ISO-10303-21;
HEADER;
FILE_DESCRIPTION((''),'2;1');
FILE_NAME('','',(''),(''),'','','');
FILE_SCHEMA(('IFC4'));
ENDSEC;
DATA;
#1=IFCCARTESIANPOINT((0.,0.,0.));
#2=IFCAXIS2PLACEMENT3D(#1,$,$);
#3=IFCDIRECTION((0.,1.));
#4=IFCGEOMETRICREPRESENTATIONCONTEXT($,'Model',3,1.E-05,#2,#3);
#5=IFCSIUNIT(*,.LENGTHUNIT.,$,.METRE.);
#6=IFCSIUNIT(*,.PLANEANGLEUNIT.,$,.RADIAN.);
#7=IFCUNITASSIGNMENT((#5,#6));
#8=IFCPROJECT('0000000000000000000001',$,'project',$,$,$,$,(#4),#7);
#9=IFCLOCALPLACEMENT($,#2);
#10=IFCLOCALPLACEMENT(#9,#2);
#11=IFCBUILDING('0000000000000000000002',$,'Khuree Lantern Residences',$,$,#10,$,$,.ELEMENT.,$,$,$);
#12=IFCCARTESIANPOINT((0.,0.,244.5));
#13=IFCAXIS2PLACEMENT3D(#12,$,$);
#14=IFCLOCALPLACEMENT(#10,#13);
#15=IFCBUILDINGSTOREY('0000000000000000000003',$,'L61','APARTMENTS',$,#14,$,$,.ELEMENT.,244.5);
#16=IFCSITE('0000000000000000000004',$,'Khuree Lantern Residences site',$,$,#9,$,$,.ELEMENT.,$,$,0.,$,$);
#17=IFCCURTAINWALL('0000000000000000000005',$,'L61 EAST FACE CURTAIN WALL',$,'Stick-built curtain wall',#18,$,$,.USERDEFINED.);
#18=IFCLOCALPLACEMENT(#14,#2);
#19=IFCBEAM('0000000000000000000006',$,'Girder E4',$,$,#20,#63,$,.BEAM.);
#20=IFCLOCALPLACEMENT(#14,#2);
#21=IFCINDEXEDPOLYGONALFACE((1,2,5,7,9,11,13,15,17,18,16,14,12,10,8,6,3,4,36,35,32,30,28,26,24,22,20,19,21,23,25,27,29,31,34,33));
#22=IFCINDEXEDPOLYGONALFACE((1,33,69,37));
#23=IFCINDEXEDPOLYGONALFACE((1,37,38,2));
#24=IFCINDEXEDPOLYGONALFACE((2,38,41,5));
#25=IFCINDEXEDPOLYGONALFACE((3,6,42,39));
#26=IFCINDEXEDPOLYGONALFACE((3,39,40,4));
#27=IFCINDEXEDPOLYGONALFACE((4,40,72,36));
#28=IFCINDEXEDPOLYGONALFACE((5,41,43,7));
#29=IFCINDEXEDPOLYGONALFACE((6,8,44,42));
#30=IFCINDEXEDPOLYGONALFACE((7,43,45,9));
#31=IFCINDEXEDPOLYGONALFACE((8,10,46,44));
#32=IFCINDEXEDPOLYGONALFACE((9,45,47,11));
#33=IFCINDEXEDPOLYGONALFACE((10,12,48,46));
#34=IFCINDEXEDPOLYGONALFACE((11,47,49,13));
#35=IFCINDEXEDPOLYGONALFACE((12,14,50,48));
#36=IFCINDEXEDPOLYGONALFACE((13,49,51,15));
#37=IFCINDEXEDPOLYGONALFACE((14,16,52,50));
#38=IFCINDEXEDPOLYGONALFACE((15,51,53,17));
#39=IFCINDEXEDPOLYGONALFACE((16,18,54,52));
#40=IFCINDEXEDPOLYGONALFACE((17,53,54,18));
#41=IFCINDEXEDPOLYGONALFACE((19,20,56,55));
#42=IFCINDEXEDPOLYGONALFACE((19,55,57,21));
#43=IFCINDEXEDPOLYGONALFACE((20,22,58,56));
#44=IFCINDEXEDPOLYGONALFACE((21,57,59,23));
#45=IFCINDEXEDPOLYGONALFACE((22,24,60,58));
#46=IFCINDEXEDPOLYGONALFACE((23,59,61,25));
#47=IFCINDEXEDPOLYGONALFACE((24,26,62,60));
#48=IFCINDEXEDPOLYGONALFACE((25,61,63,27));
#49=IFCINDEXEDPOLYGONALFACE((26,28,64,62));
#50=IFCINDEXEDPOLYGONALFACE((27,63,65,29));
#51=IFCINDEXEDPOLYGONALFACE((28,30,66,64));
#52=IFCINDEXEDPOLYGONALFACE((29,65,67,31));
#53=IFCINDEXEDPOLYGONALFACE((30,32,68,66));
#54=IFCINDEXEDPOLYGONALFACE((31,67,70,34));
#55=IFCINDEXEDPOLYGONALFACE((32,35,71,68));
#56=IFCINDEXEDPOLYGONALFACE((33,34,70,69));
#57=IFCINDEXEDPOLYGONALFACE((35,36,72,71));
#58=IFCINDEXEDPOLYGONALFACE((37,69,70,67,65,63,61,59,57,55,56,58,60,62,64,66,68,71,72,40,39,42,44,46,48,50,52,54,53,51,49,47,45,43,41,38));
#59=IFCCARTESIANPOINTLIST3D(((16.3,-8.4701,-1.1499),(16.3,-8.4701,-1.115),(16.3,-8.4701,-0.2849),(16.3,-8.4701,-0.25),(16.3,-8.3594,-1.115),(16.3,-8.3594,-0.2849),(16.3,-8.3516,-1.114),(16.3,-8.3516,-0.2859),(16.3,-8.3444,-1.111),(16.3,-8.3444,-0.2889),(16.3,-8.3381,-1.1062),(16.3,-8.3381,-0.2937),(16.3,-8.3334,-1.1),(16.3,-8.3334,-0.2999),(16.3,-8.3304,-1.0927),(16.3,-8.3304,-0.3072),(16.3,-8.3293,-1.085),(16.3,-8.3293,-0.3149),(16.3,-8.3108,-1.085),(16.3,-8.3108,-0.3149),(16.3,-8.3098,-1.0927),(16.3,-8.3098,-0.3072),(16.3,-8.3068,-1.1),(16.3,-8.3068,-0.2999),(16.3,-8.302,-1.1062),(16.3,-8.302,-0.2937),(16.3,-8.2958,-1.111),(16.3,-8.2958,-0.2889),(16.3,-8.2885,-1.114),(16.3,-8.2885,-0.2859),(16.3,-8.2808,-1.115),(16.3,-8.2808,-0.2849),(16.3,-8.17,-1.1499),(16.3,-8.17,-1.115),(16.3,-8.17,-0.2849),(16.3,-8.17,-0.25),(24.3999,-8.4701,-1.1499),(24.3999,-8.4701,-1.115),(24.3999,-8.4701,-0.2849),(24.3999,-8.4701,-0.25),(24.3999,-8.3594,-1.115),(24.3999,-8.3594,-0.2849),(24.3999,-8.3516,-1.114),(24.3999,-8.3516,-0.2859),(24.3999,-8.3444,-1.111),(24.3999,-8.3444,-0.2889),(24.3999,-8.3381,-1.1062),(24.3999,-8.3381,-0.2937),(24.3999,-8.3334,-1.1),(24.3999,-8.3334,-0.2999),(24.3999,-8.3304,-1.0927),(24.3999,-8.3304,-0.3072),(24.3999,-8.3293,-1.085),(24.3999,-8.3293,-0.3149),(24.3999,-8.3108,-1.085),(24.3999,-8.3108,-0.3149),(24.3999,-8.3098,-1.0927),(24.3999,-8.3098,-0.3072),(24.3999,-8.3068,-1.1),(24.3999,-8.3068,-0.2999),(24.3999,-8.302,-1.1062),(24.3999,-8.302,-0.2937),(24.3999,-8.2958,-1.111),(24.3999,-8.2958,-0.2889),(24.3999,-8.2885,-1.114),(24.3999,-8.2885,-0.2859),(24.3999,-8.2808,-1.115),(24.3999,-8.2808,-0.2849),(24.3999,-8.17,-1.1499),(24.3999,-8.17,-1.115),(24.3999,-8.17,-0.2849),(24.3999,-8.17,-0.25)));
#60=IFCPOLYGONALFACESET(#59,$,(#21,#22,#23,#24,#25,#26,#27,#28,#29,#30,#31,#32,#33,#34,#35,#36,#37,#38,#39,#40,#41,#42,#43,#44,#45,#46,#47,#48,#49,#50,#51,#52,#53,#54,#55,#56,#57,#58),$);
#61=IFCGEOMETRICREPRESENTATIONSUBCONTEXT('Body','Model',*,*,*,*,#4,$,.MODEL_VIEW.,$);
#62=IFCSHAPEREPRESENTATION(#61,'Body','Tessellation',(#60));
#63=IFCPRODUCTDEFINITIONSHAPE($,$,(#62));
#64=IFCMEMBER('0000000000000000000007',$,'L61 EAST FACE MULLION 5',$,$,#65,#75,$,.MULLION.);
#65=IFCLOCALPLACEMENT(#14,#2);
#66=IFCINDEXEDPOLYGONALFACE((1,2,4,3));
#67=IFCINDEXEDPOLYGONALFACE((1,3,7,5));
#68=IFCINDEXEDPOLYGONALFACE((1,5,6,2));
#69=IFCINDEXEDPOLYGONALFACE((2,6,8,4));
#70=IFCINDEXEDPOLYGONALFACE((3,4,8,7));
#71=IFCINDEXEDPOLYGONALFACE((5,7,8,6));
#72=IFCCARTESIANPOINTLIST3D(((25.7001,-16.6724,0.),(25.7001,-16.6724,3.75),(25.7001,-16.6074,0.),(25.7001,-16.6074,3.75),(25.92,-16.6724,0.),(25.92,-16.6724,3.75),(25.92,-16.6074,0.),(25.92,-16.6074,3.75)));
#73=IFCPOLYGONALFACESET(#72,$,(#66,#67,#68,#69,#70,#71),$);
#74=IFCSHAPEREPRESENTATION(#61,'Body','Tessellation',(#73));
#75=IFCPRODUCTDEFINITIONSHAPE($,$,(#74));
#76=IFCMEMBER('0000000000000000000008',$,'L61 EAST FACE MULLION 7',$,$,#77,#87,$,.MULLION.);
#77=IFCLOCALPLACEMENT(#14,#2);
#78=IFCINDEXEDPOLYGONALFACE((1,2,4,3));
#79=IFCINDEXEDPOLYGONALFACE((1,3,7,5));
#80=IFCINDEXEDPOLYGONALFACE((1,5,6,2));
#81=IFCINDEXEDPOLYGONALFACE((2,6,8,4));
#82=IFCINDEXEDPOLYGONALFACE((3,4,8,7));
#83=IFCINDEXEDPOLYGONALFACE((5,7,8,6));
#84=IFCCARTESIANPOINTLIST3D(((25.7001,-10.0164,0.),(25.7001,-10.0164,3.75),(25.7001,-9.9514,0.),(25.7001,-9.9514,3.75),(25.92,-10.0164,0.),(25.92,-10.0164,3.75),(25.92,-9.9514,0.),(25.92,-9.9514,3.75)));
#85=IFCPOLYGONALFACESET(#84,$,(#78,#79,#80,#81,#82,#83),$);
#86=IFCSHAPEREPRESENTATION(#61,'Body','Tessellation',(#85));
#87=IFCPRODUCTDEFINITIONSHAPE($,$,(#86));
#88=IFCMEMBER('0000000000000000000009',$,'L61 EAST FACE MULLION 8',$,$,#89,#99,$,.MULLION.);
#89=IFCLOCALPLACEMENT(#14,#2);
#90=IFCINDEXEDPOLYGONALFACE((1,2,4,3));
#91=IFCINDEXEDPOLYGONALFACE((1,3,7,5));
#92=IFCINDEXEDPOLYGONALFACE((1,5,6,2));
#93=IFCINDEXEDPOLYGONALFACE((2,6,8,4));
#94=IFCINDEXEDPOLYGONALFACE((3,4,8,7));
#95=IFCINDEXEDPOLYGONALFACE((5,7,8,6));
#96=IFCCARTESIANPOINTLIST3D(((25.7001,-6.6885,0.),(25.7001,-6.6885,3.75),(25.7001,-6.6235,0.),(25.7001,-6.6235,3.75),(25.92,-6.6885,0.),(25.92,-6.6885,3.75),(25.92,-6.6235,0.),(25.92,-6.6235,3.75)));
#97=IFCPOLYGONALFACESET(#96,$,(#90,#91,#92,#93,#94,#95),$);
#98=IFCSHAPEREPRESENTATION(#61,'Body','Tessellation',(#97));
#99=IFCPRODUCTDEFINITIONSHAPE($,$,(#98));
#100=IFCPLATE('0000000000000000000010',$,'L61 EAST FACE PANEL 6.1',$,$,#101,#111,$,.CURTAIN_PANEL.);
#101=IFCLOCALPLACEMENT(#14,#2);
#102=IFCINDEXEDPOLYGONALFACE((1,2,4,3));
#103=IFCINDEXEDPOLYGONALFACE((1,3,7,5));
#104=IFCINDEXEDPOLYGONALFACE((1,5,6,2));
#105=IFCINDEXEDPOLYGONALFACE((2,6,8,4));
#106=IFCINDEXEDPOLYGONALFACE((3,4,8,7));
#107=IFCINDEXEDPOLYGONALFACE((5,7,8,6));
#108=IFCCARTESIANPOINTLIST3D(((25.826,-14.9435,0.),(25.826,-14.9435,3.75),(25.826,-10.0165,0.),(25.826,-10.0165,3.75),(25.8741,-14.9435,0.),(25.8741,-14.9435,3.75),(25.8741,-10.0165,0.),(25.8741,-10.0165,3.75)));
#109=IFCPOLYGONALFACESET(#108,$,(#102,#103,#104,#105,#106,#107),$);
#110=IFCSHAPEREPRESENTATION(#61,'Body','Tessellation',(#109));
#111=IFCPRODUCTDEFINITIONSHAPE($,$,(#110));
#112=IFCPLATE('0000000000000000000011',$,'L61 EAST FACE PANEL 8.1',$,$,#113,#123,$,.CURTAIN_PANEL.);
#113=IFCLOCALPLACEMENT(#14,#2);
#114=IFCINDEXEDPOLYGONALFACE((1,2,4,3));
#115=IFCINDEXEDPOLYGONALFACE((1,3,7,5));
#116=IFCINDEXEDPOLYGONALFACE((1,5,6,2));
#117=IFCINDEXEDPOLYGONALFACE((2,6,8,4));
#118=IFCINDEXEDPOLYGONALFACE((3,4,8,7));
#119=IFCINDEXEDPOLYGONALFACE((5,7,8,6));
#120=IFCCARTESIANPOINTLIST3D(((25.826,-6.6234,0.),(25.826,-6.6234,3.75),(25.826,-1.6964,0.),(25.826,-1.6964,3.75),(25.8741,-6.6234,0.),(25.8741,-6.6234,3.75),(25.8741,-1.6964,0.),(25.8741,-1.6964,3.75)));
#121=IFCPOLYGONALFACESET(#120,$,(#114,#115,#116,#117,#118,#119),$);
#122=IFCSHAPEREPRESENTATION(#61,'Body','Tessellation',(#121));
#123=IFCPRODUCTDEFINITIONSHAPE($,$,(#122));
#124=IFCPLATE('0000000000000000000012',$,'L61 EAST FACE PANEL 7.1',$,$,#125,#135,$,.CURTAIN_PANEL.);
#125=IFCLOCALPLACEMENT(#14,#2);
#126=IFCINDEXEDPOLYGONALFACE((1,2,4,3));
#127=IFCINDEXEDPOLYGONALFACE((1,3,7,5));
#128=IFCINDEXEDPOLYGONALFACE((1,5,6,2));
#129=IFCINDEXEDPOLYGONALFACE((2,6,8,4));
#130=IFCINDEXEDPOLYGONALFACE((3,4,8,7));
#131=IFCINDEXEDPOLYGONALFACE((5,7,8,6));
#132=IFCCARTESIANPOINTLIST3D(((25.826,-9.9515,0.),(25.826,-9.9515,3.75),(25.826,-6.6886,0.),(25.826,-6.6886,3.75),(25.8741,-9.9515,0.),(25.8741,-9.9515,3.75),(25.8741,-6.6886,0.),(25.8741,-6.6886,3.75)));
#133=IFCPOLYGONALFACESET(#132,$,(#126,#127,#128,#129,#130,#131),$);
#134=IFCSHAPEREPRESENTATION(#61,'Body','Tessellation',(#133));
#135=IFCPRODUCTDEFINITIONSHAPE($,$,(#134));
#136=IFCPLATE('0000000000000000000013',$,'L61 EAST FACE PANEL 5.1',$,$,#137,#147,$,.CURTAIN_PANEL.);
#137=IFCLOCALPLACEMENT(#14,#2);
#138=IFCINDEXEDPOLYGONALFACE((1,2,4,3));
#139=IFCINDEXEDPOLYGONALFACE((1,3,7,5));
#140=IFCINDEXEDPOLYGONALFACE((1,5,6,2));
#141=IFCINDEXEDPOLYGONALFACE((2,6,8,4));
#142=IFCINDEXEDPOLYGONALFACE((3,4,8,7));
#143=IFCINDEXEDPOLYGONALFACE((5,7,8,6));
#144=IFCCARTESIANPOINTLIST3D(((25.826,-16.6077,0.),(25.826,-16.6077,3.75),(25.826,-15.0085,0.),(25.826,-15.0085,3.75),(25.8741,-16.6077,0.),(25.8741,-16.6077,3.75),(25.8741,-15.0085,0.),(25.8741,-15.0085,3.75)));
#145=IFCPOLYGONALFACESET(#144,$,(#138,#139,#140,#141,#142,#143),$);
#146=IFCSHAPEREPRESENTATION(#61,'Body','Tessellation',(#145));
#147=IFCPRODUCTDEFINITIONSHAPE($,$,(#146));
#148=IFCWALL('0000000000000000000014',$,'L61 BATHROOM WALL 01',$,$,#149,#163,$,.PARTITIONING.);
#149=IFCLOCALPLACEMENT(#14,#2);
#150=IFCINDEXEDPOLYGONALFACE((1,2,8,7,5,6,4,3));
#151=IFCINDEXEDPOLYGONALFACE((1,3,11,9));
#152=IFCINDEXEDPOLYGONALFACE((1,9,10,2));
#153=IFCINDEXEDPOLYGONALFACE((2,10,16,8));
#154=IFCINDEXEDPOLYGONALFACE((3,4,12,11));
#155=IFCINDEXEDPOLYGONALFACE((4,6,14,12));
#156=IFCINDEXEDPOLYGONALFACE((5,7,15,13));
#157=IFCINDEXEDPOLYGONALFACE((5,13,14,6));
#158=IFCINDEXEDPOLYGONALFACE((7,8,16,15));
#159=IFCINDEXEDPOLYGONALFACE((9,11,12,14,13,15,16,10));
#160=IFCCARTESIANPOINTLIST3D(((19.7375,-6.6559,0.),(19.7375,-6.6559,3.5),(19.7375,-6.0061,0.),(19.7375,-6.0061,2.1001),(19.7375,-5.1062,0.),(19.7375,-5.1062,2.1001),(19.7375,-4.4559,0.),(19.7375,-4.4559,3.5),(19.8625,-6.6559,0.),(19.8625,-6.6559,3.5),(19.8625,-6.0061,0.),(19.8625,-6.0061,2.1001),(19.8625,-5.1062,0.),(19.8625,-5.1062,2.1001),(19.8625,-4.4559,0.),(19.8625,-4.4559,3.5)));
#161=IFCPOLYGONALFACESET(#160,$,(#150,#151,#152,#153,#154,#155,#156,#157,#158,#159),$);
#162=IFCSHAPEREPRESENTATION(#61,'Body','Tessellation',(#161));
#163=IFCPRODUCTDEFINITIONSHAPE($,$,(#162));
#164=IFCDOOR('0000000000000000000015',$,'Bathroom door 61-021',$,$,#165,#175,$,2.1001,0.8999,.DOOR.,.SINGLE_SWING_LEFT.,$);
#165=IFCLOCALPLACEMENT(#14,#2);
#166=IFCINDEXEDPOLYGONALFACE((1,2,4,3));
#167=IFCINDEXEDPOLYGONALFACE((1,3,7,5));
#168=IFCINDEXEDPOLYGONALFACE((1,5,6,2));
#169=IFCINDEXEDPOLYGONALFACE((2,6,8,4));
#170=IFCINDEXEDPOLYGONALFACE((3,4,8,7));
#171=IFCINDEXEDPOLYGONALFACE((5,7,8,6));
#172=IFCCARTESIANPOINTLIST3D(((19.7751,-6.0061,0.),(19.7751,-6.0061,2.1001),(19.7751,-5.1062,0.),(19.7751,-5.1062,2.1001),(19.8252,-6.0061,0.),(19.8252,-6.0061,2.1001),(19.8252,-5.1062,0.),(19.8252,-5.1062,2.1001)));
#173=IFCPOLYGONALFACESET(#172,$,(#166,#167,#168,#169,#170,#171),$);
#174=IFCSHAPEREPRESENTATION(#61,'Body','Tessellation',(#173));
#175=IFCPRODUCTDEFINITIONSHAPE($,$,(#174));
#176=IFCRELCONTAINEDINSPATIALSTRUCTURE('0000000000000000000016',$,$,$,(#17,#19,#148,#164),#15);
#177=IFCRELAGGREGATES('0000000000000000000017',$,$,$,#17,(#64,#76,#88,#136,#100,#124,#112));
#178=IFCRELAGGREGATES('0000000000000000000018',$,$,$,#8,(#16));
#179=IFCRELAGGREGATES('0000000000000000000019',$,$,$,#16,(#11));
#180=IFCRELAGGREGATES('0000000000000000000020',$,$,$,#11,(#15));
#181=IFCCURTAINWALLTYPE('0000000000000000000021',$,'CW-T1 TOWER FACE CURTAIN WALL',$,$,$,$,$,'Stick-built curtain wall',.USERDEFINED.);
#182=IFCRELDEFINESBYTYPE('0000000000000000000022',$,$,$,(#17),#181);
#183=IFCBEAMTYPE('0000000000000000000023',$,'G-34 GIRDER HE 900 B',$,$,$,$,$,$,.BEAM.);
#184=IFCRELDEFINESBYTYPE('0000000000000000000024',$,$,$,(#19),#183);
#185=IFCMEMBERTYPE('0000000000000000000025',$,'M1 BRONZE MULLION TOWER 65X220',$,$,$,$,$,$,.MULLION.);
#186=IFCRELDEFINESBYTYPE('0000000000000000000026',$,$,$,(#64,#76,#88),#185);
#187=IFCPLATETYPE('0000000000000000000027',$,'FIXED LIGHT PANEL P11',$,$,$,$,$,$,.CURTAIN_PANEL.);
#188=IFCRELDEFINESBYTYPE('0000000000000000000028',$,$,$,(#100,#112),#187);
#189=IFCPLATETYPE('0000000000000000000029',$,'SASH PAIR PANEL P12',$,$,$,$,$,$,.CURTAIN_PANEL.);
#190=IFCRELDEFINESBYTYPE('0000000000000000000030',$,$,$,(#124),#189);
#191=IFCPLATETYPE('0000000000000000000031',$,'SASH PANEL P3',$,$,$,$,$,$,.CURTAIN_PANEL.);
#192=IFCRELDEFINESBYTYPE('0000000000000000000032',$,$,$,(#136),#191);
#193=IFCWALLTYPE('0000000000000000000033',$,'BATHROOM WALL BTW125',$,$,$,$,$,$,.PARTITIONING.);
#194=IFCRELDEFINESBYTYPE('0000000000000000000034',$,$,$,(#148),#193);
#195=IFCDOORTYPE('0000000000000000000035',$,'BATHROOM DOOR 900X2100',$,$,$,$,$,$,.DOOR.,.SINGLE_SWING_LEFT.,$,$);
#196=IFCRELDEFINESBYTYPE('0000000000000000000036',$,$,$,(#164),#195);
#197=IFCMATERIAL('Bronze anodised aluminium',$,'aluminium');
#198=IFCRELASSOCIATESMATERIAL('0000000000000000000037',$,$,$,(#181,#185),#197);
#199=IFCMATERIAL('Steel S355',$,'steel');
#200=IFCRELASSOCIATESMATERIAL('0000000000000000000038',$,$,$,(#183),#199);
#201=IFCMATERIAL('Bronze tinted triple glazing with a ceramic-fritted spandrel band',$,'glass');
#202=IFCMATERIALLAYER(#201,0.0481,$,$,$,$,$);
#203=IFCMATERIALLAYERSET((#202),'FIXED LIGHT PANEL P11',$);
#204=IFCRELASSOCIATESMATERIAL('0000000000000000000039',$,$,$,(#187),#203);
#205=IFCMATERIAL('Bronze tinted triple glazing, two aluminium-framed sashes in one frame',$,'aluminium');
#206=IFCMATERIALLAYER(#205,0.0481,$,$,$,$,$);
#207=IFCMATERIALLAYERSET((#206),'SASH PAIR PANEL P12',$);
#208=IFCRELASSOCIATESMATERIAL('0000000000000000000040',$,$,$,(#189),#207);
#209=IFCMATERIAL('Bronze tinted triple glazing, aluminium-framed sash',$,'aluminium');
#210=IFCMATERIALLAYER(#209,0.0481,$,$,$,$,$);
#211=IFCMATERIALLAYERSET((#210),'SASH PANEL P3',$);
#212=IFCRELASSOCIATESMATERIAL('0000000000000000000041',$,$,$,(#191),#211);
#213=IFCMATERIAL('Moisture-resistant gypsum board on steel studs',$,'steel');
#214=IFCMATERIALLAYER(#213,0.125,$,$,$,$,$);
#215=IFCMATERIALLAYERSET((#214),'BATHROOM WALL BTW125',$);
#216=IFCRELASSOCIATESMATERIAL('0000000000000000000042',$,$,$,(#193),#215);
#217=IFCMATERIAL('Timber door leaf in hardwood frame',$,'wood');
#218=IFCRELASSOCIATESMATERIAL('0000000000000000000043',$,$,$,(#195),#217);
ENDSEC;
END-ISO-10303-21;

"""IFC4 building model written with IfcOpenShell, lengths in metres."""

from ifc_helpers import new_model, si_unit, direction, frame, frame_2d, origin, origin_2d, place, context, subcontext, project, spatial, rectangle, i_section, extrude, material, layer, layer_set, material_profile, profile_set, type_object, element, fill, aggregate, save


model = new_model("IFC4")

# Units and contexts
model_context = context("Model", 3, precision=1e-05, world=origin(), true_north=direction((0.0, 1.0)))
body_context = subcontext(model_context, "Body", "Model", "MODEL_VIEW")
ifc_project = project(units=[si_unit("LENGTHUNIT", "METRE"), si_unit("PLANEANGLEUNIT", "RADIAN")], contexts=[model_context])

# Site, building, storey
site_placement = place(None, origin())
site = spatial("IfcSite", under=ifc_project, at=site_placement, Name="Khuree Lantern Residences site", CompositionType="ELEMENT", RefElevation=0.0)
building_placement = place(site_placement, origin())
building = spatial("IfcBuilding", under=site, at=building_placement, Name="Khuree Lantern Residences", CompositionType="ELEMENT")
storey_placement = place(building_placement, frame((0.0, 0.0, 244.5)))
storey = spatial("IfcBuildingStorey", under=building, at=storey_placement, Name="L61", Description="APARTMENTS", CompositionType="ELEMENT", Elevation=244.5)

# Shared definitions
ifc_material_1 = material(Name="Steel S355", Category="steel")

# Curtain wall
ifc_material_2 = material(Name="Bronze anodised aluminium", Category="aluminium")
curtain_wall_type = type_object("IfcCurtainWallType", Name="CW-T1 TOWER FACE CURTAIN WALL", ElementType="Stick-built curtain wall", PredefinedType="USERDEFINED", material=ifc_material_2)
curtain_wall_placement = place(storey_placement, origin())
curtain_wall = element("IfcCurtainWall", 1, at=curtain_wall_placement, inside=storey, type_object=curtain_wall_type, Name="L61 EAST FACE CURTAIN WALL", ObjectType="Stick-built curtain wall", PredefinedType="USERDEFINED")

# Beam
ifc_material_profile_1 = material_profile(ifc_material_1, i_section(OverallWidth=0.3, OverallDepth=0.8999, WebThickness=0.0186, FlangeThickness=0.0349, FilletRadius=0.03, at=origin_2d()), Name="HE 900 B")
ifc_profile_set_1 = profile_set([ifc_material_profile_1], Name="Steel S355")
beam_type_1 = type_object("IfcBeamType", Name="G-34 GIRDER HE 900 B", PredefinedType="BEAM", material=ifc_profile_set_1)
beam_1_placement = place(storey_placement, frame((24.3999, -8.3201, -0.7), z_axis=(-1.0, 0.0, 0.0), x_axis=(0.0, -1.0, 0.0)))
element("IfcBeam", 2, at=beam_1_placement, inside=storey, type_object=beam_type_1, Name="Girder E4", PredefinedType="BEAM", context=body_context, shape_type="SweptSolid", body=[
    extrude(i_section(OverallWidth=0.3, OverallDepth=0.8999, WebThickness=0.0186, FlangeThickness=0.0349, FilletRadius=0.03, at=origin_2d()), origin(), (0.0, 0.0, 1.0), 8.0999),
])

# Members
ifc_material_profile_2 = material_profile(ifc_material_2, rectangle(XDim=0.0649, YDim=0.22, at=origin_2d()), Name="M1 65X220")
ifc_profile_set_2 = profile_set([ifc_material_profile_2], Name="Bronze anodised aluminium")
member_type_1 = type_object("IfcMemberType", Name="M1 BRONZE MULLION TOWER 65X220", PredefinedType="MULLION", material=ifc_profile_set_2)
member_1_placement = place(storey_placement, frame((25.8101, -16.6399, 0.0), z_axis=(0.0, 0.0, 1.0), x_axis=(0.0, 1.0, 0.0)))
member_1 = element("IfcMember", 3, at=member_1_placement, type_object=member_type_1, Name="L61 EAST FACE MULLION 5", PredefinedType="MULLION", context=body_context, shape_type="SweptSolid", body=[
    extrude(rectangle(XDim=0.0649, YDim=0.22, at=origin_2d()), origin(), (0.0, 0.0, 1.0), 3.75),
])
member_2_placement = place(storey_placement, frame((25.8101, -9.9839, 0.0), z_axis=(0.0, 0.0, 1.0), x_axis=(0.0, 1.0, 0.0)))
member_2 = element("IfcMember", 4, at=member_2_placement, type_object=member_type_1, Name="L61 EAST FACE MULLION 7", PredefinedType="MULLION", context=body_context, shape_type="SweptSolid", body=[
    extrude(rectangle(XDim=0.0649, YDim=0.22, at=origin_2d()), origin(), (0.0, 0.0, 1.0), 3.75),
])
member_3_placement = place(storey_placement, frame((25.8101, -6.656, 0.0), z_axis=(0.0, 0.0, 1.0), x_axis=(0.0, 1.0, 0.0)))
member_3 = element("IfcMember", 5, at=member_3_placement, type_object=member_type_1, Name="L61 EAST FACE MULLION 8", PredefinedType="MULLION", context=body_context, shape_type="SweptSolid", body=[
    extrude(rectangle(XDim=0.0649, YDim=0.22, at=origin_2d()), origin(), (0.0, 0.0, 1.0), 3.75),
])

# Plates
ifc_material_3 = material(Name="Bronze tinted triple glazing with a ceramic-fritted spandrel band", Category="glass")
ifc_layer_1 = layer(ifc_material_3, 0.0481)
ifc_layer_set_1 = layer_set([ifc_layer_1], Name="FIXED LIGHT PANEL P11")
plate_type_1 = type_object("IfcPlateType", Name="FIXED LIGHT PANEL P11", PredefinedType="CURTAIN_PANEL", material=ifc_layer_set_1)
plate_1_placement = place(storey_placement, frame((25.8501, -12.48, 0.0), z_axis=(0.0, 0.0, 1.0), x_axis=(0.0, 1.0, 0.0)))
plate_1 = element("IfcPlate", 6, at=plate_1_placement, type_object=plate_type_1, Name="L61 EAST FACE PANEL 6.1", PredefinedType="CURTAIN_PANEL", context=body_context, shape_type="SweptSolid", body=[
    extrude(rectangle(XDim=4.927, YDim=0.0481, at=origin_2d()), origin(), (0.0, 0.0, 1.0), 3.75),
])
plate_2_placement = place(storey_placement, frame((25.8501, -4.1599, 0.0), z_axis=(0.0, 0.0, 1.0), x_axis=(0.0, 1.0, 0.0)))
plate_2 = element("IfcPlate", 7, at=plate_2_placement, type_object=plate_type_1, Name="L61 EAST FACE PANEL 8.1", PredefinedType="CURTAIN_PANEL", context=body_context, shape_type="SweptSolid", body=[
    extrude(rectangle(XDim=4.927, YDim=0.0481, at=origin_2d()), origin(), (0.0, 0.0, 1.0), 3.75),
])
ifc_material_4 = material(Name="Bronze tinted triple glazing, two aluminium-framed sashes in one frame", Category="aluminium")
ifc_layer_2 = layer(ifc_material_4, 0.0481)
ifc_layer_set_2 = layer_set([ifc_layer_2], Name="SASH PAIR PANEL P12")
plate_type_2 = type_object("IfcPlateType", Name="SASH PAIR PANEL P12", PredefinedType="CURTAIN_PANEL", material=ifc_layer_set_2)
plate_3_placement = place(storey_placement, frame((25.8501, -8.3201, 0.0), z_axis=(0.0, 0.0, 1.0), x_axis=(0.0, 1.0, 0.0)))
plate_3 = element("IfcPlate", 8, at=plate_3_placement, type_object=plate_type_2, Name="L61 EAST FACE PANEL 7.1", PredefinedType="CURTAIN_PANEL", context=body_context, shape_type="SweptSolid", body=[
    extrude(rectangle(XDim=3.2629, YDim=0.0481, at=origin_2d()), origin(), (0.0, 0.0, 1.0), 3.75),
])
ifc_material_5 = material(Name="Bronze tinted triple glazing, aluminium-framed sash", Category="aluminium")
ifc_layer_3 = layer(ifc_material_5, 0.0481)
ifc_layer_set_3 = layer_set([ifc_layer_3], Name="SASH PANEL P3")
plate_type_3 = type_object("IfcPlateType", Name="SASH PANEL P3", PredefinedType="CURTAIN_PANEL", material=ifc_layer_set_3)
plate_4_placement = place(storey_placement, frame((25.8501, -15.8081, 0.0), z_axis=(0.0, 0.0, 1.0), x_axis=(0.0, 1.0, 0.0)))
plate_4 = element("IfcPlate", 9, at=plate_4_placement, type_object=plate_type_3, Name="L61 EAST FACE PANEL 5.1", PredefinedType="CURTAIN_PANEL", context=body_context, shape_type="SweptSolid", body=[
    extrude(rectangle(XDim=1.5991, YDim=0.0481, at=origin_2d()), origin(), (0.0, 0.0, 1.0), 3.75),
])
aggregate(curtain_wall, [member_1, member_2, member_3, plate_4, plate_1, plate_3, plate_2])

# Wall, opening, door
ifc_material_6 = material(Name="Moisture-resistant gypsum board on steel studs", Category="steel")
ifc_layer_4 = layer(ifc_material_6, 0.125)
ifc_layer_set_4 = layer_set([ifc_layer_4], Name="BATHROOM WALL BTW125")
wall_type_1 = type_object("IfcWallType", Name="BATHROOM WALL BTW125", PredefinedType="PARTITIONING", material=ifc_layer_set_4)
wall_1_placement = place(storey_placement, frame((19.8, -6.656, 0.0), z_axis=(0.0, 0.0, 1.0), x_axis=(0.0, 1.0, 0.0)))
wall_1 = element("IfcWall", 10, at=wall_1_placement, inside=storey, type_object=wall_type_1, Name="L61 BATHROOM WALL 01", PredefinedType="PARTITIONING", context=body_context, shape_type="SweptSolid", body=[
    extrude(rectangle(XDim=2.2, YDim=0.125, at=frame_2d((1.1001, 0.0))), origin(), (0.0, 0.0, 1.0), 3.5),
])
opening_1_placement = place(wall_1_placement, frame((0.6499, 0.0, 0.0)))
opening_1 = element("IfcOpeningElement", 11, at=opening_1_placement, cuts=wall_1, PredefinedType="OPENING", context=body_context, shape_type="SweptSolid", body=[
    extrude(rectangle(XDim=0.8999, YDim=2.1001, at=frame_2d((0.45, 1.05))), frame((0.0, 0.0725, 0.0), z_axis=(0.0, -1.0, 0.0), x_axis=(1.0, 0.0, 0.0)), (0.0, 0.0, 1.0), 0.145),
])
ifc_material_7 = material(Name="Timber door leaf in hardwood frame", Category="wood")
door_type_1 = type_object("IfcDoorType", Name="BATHROOM DOOR 900X2100", OperationType="SINGLE_SWING_LEFT", PredefinedType="DOOR", material=ifc_material_7)
door_1_placement = place(opening_1_placement, origin())
door_1 = element("IfcDoor", 12, at=door_1_placement, inside=storey, type_object=door_type_1, Name="Bathroom door 61-021", OperationType="SINGLE_SWING_LEFT", OverallHeight=2.1001, OverallWidth=0.8999, PredefinedType="DOOR", context=body_context, shape_type="SweptSolid", body=[
    extrude(rectangle(XDim=0.8999, YDim=2.1001, at=frame_2d((0.45, 1.05))), frame((0.0, 0.0249, 0.0), z_axis=(0.0, -1.0, 0.0), x_axis=(1.0, 0.0, 0.0)), (0.0, 0.0, 1.0), 0.05),
])
fill(opening_1, door_1)

save(model, "model.ifc")
